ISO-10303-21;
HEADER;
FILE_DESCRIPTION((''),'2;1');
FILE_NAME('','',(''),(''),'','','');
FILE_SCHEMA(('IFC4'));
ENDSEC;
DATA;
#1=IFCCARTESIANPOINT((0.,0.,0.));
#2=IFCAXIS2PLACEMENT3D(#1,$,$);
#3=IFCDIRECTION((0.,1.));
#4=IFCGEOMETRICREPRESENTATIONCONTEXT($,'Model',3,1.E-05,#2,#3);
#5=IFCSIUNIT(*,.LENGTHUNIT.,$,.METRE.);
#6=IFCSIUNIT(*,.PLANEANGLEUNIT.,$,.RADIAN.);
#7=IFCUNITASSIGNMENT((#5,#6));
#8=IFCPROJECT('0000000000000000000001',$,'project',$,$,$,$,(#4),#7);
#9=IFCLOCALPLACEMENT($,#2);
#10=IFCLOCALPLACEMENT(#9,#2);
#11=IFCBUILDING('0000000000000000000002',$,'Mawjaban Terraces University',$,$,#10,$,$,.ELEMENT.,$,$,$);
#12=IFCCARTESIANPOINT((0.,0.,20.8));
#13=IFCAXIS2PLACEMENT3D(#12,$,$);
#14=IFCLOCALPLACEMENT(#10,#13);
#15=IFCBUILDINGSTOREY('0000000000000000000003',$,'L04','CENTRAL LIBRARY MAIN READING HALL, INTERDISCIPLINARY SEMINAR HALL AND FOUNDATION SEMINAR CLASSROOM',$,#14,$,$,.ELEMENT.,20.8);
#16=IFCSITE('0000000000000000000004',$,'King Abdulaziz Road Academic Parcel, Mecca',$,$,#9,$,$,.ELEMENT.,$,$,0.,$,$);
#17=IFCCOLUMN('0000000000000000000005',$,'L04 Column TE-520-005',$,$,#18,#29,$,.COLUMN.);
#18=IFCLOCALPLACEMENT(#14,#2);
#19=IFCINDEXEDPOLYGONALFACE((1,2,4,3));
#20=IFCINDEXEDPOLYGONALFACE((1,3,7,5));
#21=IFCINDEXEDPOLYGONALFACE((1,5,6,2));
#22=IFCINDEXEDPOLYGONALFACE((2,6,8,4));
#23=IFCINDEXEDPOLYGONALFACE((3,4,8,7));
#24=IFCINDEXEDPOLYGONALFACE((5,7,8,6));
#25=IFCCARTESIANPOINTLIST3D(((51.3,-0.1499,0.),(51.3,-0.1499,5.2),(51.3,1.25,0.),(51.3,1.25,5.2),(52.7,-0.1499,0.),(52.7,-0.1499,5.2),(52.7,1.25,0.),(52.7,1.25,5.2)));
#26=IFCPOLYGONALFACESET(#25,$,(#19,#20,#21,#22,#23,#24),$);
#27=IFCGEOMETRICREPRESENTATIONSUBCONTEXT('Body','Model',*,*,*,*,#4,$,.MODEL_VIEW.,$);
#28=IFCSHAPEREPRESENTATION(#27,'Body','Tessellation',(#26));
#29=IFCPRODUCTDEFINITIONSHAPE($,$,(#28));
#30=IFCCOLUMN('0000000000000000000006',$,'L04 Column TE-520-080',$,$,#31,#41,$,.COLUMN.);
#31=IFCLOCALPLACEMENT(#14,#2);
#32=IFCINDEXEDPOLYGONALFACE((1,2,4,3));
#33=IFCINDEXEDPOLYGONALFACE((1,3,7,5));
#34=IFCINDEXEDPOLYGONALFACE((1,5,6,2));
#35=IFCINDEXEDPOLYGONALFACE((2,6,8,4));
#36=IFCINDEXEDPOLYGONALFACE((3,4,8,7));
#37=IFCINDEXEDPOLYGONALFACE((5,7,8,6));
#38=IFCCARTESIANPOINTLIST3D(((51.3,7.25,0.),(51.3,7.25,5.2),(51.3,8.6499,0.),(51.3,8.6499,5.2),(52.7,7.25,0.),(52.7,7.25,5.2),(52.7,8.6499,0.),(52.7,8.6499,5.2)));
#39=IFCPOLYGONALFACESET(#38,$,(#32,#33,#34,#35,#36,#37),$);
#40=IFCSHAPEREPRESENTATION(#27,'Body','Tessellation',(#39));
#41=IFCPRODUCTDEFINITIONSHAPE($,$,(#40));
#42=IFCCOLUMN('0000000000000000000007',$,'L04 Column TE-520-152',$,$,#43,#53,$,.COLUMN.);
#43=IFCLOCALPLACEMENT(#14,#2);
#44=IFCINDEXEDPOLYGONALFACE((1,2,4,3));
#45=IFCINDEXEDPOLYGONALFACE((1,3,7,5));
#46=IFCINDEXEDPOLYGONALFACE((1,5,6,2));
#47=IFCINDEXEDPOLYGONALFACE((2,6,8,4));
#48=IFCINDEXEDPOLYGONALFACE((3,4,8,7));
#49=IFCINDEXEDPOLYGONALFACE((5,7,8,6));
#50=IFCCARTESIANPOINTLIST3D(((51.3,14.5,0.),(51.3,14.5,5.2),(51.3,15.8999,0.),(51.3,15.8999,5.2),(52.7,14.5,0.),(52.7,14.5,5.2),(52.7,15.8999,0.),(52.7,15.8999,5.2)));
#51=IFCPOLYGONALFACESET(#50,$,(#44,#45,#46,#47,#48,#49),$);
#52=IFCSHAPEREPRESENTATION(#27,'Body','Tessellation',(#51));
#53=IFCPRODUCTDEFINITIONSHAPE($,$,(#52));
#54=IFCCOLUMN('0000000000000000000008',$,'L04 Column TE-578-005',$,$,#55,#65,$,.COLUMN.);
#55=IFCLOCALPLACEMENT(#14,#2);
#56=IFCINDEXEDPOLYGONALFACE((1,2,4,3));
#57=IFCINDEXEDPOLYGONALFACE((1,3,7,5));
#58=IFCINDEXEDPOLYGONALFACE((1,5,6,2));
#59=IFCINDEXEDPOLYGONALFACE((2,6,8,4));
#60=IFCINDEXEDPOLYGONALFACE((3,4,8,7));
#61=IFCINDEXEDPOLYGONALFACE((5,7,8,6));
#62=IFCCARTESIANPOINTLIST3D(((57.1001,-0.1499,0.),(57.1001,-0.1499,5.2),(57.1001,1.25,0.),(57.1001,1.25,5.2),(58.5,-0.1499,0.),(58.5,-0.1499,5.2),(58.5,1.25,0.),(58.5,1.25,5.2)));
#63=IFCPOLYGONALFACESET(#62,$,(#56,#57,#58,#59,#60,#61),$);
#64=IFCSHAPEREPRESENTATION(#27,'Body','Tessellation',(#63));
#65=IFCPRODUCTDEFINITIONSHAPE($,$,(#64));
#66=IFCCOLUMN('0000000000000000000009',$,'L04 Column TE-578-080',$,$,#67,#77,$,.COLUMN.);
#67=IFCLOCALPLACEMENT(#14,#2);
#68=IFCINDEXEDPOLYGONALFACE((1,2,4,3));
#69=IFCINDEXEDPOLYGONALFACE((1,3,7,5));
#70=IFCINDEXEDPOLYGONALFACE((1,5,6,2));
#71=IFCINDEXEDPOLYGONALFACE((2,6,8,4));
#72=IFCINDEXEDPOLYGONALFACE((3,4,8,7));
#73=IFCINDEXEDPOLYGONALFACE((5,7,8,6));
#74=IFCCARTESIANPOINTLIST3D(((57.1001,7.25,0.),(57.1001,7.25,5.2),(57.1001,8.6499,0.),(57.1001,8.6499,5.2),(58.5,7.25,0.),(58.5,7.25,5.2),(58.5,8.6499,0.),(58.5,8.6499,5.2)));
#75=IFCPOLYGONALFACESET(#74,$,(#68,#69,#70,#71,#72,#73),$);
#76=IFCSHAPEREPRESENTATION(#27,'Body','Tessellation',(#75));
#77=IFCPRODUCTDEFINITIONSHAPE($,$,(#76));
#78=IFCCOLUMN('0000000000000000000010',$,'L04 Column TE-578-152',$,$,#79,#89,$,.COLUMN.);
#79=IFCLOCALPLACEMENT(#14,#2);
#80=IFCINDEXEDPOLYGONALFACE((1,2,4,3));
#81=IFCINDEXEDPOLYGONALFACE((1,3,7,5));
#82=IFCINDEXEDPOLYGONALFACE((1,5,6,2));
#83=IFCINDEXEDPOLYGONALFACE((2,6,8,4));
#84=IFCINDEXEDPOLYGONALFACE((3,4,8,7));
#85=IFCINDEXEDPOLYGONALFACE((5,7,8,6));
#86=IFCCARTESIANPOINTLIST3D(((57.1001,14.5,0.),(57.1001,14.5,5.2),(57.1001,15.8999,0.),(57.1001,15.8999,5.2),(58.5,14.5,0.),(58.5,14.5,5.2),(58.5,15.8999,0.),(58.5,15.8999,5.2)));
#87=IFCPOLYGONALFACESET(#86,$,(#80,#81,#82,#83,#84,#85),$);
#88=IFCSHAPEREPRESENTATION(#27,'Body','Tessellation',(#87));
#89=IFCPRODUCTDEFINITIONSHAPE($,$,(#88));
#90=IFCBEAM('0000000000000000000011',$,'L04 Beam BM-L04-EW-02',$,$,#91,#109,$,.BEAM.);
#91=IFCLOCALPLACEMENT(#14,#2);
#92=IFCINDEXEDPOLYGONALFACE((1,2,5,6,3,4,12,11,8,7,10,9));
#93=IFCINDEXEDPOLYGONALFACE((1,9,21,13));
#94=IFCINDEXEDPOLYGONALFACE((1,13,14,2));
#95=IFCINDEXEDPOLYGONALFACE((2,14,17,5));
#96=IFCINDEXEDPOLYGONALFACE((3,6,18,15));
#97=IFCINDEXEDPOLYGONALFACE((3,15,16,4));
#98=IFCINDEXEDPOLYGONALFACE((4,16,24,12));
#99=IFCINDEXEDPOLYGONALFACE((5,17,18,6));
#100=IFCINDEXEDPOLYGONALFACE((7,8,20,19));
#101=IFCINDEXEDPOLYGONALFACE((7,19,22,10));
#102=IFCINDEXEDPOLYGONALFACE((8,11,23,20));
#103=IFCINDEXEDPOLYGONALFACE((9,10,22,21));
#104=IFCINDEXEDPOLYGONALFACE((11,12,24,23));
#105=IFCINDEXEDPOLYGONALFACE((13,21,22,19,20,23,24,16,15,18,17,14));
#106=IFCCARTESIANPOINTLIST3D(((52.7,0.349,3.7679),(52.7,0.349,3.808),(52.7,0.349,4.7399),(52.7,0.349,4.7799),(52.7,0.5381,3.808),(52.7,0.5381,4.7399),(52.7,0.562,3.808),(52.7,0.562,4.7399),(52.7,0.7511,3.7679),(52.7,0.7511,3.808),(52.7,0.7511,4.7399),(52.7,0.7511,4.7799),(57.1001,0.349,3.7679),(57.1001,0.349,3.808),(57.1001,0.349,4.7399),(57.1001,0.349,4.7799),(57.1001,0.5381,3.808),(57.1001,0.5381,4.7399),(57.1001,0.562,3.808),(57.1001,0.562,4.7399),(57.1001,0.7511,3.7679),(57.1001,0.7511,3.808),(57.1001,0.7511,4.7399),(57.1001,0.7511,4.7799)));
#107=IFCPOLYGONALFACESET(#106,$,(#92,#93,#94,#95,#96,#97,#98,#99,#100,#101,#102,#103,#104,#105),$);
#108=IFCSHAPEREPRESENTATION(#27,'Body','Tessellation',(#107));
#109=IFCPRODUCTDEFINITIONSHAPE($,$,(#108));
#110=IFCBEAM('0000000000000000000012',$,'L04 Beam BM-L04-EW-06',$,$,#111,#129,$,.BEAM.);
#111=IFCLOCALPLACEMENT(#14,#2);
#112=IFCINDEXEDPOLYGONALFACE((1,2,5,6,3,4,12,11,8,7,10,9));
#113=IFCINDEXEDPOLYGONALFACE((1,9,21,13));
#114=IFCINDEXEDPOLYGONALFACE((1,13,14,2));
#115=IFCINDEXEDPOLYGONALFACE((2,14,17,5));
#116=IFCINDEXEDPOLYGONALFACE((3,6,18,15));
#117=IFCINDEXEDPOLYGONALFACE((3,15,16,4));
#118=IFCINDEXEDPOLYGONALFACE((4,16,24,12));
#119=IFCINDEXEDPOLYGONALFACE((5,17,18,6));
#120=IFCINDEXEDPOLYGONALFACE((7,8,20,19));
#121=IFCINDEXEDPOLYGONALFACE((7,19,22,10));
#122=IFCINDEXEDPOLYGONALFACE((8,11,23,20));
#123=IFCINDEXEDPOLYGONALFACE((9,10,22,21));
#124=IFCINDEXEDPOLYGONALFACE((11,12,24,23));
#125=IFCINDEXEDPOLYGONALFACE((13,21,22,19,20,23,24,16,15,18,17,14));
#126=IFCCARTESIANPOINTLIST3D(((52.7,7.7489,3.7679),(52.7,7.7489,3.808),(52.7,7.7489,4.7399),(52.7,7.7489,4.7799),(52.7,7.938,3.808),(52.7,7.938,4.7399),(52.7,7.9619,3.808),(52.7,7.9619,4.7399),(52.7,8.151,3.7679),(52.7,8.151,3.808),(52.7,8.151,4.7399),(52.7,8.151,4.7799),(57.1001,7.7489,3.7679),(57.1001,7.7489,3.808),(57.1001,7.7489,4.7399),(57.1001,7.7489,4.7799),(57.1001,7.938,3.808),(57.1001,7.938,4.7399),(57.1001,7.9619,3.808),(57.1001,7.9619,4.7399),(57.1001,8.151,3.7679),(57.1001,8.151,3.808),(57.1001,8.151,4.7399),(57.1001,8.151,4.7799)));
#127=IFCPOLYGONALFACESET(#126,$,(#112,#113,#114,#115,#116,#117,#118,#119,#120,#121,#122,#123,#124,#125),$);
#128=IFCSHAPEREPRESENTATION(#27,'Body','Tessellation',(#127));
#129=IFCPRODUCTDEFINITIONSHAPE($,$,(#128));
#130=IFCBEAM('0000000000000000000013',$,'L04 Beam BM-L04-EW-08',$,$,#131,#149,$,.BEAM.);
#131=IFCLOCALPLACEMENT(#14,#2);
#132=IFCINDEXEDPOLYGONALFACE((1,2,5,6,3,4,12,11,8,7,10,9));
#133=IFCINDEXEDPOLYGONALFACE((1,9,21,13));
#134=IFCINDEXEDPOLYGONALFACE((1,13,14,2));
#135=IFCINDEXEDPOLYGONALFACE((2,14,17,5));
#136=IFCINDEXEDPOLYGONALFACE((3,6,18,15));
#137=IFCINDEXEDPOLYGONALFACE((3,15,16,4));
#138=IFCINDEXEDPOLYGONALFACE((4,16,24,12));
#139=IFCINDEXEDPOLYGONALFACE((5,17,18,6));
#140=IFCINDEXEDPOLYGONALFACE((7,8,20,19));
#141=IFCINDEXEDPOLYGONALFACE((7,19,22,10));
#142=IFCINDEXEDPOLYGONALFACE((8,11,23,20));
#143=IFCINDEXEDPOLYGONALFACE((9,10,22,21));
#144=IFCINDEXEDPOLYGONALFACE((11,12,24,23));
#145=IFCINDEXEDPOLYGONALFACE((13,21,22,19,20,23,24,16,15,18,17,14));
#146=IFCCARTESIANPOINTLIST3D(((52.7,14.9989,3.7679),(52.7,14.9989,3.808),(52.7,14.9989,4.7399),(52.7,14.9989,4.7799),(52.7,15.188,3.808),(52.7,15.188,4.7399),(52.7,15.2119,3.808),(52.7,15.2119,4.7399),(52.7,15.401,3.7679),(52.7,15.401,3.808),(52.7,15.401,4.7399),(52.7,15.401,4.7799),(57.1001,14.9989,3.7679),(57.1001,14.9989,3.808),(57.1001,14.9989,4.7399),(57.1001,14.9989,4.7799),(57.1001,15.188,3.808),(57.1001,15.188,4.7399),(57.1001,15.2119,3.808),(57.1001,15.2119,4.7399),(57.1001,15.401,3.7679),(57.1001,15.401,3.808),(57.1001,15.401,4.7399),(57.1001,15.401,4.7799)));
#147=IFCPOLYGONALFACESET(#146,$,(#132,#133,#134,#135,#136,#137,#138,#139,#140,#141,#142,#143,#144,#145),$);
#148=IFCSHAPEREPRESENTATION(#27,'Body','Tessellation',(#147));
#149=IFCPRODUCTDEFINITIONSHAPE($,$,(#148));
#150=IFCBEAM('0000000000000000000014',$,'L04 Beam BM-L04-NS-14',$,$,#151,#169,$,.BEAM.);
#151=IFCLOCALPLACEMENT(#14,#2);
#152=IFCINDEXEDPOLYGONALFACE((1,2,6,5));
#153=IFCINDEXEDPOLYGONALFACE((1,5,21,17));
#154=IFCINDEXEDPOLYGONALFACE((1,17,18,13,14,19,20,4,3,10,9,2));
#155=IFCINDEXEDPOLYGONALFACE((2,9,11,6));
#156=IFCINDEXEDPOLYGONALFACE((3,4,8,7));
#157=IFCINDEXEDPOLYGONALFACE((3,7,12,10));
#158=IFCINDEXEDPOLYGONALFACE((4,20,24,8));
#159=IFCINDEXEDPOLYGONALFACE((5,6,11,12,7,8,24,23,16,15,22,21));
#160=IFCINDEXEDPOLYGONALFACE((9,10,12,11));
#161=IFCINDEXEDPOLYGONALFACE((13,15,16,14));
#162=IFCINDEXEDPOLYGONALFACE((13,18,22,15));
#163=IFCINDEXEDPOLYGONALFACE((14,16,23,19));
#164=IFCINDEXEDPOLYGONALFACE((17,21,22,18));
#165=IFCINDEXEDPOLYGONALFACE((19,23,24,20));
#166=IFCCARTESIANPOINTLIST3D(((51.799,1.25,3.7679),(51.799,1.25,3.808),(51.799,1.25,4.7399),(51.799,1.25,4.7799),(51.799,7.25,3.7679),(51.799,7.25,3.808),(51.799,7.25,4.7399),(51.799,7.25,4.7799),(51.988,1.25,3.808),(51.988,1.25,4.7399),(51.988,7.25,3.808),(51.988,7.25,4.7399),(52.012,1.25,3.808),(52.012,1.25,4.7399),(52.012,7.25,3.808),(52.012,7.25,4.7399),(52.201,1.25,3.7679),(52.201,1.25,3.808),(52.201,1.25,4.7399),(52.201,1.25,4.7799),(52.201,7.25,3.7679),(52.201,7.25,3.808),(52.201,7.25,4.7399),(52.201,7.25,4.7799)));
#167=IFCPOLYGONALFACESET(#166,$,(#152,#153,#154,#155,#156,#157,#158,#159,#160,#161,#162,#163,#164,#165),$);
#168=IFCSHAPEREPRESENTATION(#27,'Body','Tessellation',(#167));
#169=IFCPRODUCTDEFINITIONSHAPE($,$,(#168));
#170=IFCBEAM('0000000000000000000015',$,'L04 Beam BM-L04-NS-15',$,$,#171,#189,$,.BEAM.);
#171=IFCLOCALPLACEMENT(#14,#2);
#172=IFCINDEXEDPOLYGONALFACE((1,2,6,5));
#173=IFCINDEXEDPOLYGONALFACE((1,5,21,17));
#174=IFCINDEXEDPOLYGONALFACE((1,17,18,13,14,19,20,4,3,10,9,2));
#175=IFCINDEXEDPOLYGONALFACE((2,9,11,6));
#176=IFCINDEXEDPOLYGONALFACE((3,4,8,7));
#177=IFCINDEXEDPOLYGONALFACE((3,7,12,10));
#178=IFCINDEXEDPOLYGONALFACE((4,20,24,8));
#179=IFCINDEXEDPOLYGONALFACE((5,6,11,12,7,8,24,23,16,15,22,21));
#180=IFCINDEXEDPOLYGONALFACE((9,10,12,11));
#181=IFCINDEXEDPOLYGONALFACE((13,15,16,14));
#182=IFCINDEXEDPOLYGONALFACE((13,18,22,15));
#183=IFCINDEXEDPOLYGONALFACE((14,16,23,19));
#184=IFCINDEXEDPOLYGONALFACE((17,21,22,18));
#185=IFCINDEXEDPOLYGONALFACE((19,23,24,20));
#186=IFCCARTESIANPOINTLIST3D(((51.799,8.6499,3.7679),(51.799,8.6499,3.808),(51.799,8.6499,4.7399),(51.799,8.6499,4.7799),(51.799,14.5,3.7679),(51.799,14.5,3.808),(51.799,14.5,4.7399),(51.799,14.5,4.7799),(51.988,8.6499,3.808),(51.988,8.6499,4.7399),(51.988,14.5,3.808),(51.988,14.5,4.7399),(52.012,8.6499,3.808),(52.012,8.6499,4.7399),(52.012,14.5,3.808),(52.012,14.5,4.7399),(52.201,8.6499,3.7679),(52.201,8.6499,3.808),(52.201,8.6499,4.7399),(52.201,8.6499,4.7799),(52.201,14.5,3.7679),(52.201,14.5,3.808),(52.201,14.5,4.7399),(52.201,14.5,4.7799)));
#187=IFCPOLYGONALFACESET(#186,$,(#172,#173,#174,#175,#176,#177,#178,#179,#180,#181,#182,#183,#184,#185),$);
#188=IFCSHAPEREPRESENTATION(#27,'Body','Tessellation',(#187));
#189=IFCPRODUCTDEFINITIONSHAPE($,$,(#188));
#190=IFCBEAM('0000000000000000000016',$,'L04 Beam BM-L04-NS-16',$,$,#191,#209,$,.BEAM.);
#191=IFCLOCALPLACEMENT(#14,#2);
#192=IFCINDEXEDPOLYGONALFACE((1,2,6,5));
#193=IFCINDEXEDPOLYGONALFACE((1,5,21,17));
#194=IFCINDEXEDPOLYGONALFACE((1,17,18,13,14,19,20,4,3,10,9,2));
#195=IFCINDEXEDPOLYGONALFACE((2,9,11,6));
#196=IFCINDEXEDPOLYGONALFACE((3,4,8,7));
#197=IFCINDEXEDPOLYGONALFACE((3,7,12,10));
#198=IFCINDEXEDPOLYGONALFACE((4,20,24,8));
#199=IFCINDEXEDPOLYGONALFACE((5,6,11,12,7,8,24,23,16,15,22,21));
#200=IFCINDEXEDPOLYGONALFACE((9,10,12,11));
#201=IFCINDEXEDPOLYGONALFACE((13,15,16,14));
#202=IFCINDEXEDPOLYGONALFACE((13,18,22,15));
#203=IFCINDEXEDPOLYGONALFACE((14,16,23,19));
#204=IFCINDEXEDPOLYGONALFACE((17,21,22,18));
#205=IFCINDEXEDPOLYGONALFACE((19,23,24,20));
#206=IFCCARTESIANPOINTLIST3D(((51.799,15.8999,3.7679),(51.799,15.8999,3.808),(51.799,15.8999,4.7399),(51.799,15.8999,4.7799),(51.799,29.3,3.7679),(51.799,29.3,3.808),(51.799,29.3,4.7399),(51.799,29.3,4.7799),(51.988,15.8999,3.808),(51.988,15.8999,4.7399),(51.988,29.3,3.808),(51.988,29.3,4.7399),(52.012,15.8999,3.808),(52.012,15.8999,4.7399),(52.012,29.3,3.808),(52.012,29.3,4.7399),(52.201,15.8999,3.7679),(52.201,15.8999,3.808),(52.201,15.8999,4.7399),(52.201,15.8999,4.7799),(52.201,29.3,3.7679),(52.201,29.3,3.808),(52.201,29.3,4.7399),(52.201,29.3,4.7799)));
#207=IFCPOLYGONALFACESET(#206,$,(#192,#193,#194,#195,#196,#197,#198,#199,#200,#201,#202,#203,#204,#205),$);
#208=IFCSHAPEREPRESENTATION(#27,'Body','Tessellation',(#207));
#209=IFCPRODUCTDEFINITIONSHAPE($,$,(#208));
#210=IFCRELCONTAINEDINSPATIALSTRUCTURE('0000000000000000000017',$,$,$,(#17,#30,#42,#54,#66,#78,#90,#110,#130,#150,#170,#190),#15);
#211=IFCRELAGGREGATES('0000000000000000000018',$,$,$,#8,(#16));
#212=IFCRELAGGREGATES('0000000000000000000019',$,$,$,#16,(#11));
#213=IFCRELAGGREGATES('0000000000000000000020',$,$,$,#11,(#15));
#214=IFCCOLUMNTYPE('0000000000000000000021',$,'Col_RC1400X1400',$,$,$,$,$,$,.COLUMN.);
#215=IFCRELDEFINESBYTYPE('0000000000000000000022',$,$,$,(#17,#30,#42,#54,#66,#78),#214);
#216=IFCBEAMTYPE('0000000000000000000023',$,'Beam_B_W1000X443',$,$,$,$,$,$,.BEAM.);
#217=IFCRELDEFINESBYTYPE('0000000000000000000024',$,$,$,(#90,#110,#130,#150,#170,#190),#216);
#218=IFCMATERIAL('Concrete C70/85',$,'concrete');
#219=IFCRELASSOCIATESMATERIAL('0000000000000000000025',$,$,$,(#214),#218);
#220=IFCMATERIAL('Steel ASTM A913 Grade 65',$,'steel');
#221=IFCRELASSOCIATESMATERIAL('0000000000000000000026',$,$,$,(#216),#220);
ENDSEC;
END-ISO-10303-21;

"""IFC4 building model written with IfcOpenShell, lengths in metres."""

from ifc_helpers import new_model, si_unit, direction, frame, origin, origin_2d, place, context, subcontext, project, spatial, rectangle, i_section, extrude, material, material_profile, profile_set, type_object, element, save


model = new_model("IFC4")

# Units and contexts
model_context = context("Model", 3, precision=1e-05, world=origin(), true_north=direction((0.0, 1.0)))
body_context = subcontext(model_context, "Body", "Model", "MODEL_VIEW")
ifc_project = project(units=[si_unit("LENGTHUNIT", "METRE"), si_unit("PLANEANGLEUNIT", "RADIAN")], contexts=[model_context])

# Site, building, storey
site_placement = place(None, origin())
site = spatial("IfcSite", under=ifc_project, at=site_placement, Name="King Abdulaziz Road Academic Parcel, Mecca", CompositionType="ELEMENT", RefElevation=0.0)
building_placement = place(site_placement, origin())
building = spatial("IfcBuilding", under=site, at=building_placement, Name="Mawjaban Terraces University", CompositionType="ELEMENT")
storey_placement = place(building_placement, frame((0.0, 0.0, 20.8)))
storey = spatial("IfcBuildingStorey", under=building, at=storey_placement, Name="L04", Description="CENTRAL LIBRARY MAIN READING HALL, INTERDISCIPLINARY SEMINAR HALL AND FOUNDATION SEMINAR CLASSROOM", CompositionType="ELEMENT", Elevation=20.8)

# Columns
ifc_material_1 = material(Name="Concrete C70/85", Category="concrete")
ifc_material_profile_1 = material_profile(ifc_material_1, rectangle(XDim=1.3999, YDim=1.3999, at=origin_2d()), Name="RC1400X1400")
ifc_profile_set_1 = profile_set([ifc_material_profile_1], Name="Concrete C70/85")
column_type = type_object("IfcColumnType", Name="Col_RC1400X1400", PredefinedType="COLUMN", material=ifc_profile_set_1)
for number, where, z_axis, x_axis, name in (
    (1, (52.0, 0.55, 0.0), (0.0, 0.0, 1.0), (1.0, 0.0, 0.0), "L04 Column TE-520-005"),
    (2, (52.0, 7.95, 0.0), (0.0, 0.0, 1.0), (1.0, 0.0, 0.0), "L04 Column TE-520-080"),
    (3, (52.0, 15.2, 0.0), (0.0, 0.0, 1.0), (1.0, 0.0, 0.0), "L04 Column TE-520-152"),
    (4, (57.8, 0.55, 0.0), (0.0, 0.0, 1.0), (1.0, 0.0, 0.0), "L04 Column TE-578-005"),
    (5, (57.8, 7.95, 0.0), (0.0, 0.0, 1.0), (1.0, 0.0, 0.0), "L04 Column TE-578-080"),
    (6, (57.8, 15.2, 0.0), (0.0, 0.0, 1.0), (1.0, 0.0, 0.0), "L04 Column TE-578-152"),
):
    element("IfcColumn", number, at=place(storey_placement, frame(where, z_axis=z_axis, x_axis=x_axis)), inside=storey, type_object=column_type, Name=name, PredefinedType="COLUMN", context=body_context, shape_type="SweptSolid", body=[
        extrude(rectangle(XDim=1.3999, YDim=1.3999, at=origin_2d()), origin(), (0.0, 0.0, 1.0), 5.2),
    ])

# Beams
ifc_material_2 = material(Name="Steel ASTM A913 Grade 65", Category="steel")
ifc_material_profile_2 = material_profile(ifc_material_2, i_section(OverallWidth=0.4021, OverallDepth=1.012, WebThickness=0.0239, FlangeThickness=0.04, at=origin_2d()), Name="W1000X443")
ifc_profile_set_2 = profile_set([ifc_material_profile_2], Name="Steel ASTM A913 Grade 65")
beam_type_1 = type_object("IfcBeamType", Name="Beam_B_W1000X443", PredefinedType="BEAM", material=ifc_profile_set_2)
for number, where, z_axis, x_axis, name in (
    (7, (52.7, 0.55, 4.2739), (1.0, 0.0, 0.0), (0.0, 1.0, 0.0), "L04 Beam BM-L04-EW-02"),
    (8, (52.7, 7.95, 4.2739), (1.0, 0.0, 0.0), (0.0, 1.0, 0.0), "L04 Beam BM-L04-EW-06"),
    (9, (52.7, 15.2, 4.2739), (1.0, 0.0, 0.0), (0.0, 1.0, 0.0), "L04 Beam BM-L04-EW-08"),
):
    element("IfcBeam", number, at=place(storey_placement, frame(where, z_axis=z_axis, x_axis=x_axis)), inside=storey, type_object=beam_type_1, Name=name, PredefinedType="BEAM", context=body_context, shape_type="SweptSolid", body=[
        extrude(i_section(OverallWidth=0.4021, OverallDepth=1.012, WebThickness=0.0239, FlangeThickness=0.04, at=origin_2d()), origin(), (0.0, 0.0, 1.0), 4.4001),
    ])
beam_1_placement = place(storey_placement, frame((52.0, 1.25, 4.2739), z_axis=(0.0, 1.0, 0.0), x_axis=(-1.0, 0.0, 0.0)))
element("IfcBeam", 10, at=beam_1_placement, inside=storey, type_object=beam_type_1, Name="L04 Beam BM-L04-NS-14", PredefinedType="BEAM", context=body_context, shape_type="SweptSolid", body=[
    extrude(i_section(OverallWidth=0.4021, OverallDepth=1.012, WebThickness=0.0239, FlangeThickness=0.04, at=origin_2d()), origin(), (0.0, 0.0, 1.0), 6.0),
])
beam_2_placement = place(storey_placement, frame((52.0, 8.6499, 4.2739), z_axis=(0.0, 1.0, 0.0), x_axis=(-1.0, 0.0, 0.0)))
element("IfcBeam", 11, at=beam_2_placement, inside=storey, type_object=beam_type_1, Name="L04 Beam BM-L04-NS-15", PredefinedType="BEAM", context=body_context, shape_type="SweptSolid", body=[
    extrude(i_section(OverallWidth=0.4021, OverallDepth=1.012, WebThickness=0.0239, FlangeThickness=0.04, at=origin_2d()), origin(), (0.0, 0.0, 1.0), 5.8501),
])
beam_3_placement = place(storey_placement, frame((52.0, 15.8999, 4.2739), z_axis=(0.0, 1.0, 0.0), x_axis=(-1.0, 0.0, 0.0)))
element("IfcBeam", 12, at=beam_3_placement, inside=storey, type_object=beam_type_1, Name="L04 Beam BM-L04-NS-16", PredefinedType="BEAM", context=body_context, shape_type="SweptSolid", body=[
    extrude(i_section(OverallWidth=0.4021, OverallDepth=1.012, WebThickness=0.0239, FlangeThickness=0.04, at=origin_2d()), origin(), (0.0, 0.0, 1.0), 13.4001),
])

save(model, "model.ifc")
